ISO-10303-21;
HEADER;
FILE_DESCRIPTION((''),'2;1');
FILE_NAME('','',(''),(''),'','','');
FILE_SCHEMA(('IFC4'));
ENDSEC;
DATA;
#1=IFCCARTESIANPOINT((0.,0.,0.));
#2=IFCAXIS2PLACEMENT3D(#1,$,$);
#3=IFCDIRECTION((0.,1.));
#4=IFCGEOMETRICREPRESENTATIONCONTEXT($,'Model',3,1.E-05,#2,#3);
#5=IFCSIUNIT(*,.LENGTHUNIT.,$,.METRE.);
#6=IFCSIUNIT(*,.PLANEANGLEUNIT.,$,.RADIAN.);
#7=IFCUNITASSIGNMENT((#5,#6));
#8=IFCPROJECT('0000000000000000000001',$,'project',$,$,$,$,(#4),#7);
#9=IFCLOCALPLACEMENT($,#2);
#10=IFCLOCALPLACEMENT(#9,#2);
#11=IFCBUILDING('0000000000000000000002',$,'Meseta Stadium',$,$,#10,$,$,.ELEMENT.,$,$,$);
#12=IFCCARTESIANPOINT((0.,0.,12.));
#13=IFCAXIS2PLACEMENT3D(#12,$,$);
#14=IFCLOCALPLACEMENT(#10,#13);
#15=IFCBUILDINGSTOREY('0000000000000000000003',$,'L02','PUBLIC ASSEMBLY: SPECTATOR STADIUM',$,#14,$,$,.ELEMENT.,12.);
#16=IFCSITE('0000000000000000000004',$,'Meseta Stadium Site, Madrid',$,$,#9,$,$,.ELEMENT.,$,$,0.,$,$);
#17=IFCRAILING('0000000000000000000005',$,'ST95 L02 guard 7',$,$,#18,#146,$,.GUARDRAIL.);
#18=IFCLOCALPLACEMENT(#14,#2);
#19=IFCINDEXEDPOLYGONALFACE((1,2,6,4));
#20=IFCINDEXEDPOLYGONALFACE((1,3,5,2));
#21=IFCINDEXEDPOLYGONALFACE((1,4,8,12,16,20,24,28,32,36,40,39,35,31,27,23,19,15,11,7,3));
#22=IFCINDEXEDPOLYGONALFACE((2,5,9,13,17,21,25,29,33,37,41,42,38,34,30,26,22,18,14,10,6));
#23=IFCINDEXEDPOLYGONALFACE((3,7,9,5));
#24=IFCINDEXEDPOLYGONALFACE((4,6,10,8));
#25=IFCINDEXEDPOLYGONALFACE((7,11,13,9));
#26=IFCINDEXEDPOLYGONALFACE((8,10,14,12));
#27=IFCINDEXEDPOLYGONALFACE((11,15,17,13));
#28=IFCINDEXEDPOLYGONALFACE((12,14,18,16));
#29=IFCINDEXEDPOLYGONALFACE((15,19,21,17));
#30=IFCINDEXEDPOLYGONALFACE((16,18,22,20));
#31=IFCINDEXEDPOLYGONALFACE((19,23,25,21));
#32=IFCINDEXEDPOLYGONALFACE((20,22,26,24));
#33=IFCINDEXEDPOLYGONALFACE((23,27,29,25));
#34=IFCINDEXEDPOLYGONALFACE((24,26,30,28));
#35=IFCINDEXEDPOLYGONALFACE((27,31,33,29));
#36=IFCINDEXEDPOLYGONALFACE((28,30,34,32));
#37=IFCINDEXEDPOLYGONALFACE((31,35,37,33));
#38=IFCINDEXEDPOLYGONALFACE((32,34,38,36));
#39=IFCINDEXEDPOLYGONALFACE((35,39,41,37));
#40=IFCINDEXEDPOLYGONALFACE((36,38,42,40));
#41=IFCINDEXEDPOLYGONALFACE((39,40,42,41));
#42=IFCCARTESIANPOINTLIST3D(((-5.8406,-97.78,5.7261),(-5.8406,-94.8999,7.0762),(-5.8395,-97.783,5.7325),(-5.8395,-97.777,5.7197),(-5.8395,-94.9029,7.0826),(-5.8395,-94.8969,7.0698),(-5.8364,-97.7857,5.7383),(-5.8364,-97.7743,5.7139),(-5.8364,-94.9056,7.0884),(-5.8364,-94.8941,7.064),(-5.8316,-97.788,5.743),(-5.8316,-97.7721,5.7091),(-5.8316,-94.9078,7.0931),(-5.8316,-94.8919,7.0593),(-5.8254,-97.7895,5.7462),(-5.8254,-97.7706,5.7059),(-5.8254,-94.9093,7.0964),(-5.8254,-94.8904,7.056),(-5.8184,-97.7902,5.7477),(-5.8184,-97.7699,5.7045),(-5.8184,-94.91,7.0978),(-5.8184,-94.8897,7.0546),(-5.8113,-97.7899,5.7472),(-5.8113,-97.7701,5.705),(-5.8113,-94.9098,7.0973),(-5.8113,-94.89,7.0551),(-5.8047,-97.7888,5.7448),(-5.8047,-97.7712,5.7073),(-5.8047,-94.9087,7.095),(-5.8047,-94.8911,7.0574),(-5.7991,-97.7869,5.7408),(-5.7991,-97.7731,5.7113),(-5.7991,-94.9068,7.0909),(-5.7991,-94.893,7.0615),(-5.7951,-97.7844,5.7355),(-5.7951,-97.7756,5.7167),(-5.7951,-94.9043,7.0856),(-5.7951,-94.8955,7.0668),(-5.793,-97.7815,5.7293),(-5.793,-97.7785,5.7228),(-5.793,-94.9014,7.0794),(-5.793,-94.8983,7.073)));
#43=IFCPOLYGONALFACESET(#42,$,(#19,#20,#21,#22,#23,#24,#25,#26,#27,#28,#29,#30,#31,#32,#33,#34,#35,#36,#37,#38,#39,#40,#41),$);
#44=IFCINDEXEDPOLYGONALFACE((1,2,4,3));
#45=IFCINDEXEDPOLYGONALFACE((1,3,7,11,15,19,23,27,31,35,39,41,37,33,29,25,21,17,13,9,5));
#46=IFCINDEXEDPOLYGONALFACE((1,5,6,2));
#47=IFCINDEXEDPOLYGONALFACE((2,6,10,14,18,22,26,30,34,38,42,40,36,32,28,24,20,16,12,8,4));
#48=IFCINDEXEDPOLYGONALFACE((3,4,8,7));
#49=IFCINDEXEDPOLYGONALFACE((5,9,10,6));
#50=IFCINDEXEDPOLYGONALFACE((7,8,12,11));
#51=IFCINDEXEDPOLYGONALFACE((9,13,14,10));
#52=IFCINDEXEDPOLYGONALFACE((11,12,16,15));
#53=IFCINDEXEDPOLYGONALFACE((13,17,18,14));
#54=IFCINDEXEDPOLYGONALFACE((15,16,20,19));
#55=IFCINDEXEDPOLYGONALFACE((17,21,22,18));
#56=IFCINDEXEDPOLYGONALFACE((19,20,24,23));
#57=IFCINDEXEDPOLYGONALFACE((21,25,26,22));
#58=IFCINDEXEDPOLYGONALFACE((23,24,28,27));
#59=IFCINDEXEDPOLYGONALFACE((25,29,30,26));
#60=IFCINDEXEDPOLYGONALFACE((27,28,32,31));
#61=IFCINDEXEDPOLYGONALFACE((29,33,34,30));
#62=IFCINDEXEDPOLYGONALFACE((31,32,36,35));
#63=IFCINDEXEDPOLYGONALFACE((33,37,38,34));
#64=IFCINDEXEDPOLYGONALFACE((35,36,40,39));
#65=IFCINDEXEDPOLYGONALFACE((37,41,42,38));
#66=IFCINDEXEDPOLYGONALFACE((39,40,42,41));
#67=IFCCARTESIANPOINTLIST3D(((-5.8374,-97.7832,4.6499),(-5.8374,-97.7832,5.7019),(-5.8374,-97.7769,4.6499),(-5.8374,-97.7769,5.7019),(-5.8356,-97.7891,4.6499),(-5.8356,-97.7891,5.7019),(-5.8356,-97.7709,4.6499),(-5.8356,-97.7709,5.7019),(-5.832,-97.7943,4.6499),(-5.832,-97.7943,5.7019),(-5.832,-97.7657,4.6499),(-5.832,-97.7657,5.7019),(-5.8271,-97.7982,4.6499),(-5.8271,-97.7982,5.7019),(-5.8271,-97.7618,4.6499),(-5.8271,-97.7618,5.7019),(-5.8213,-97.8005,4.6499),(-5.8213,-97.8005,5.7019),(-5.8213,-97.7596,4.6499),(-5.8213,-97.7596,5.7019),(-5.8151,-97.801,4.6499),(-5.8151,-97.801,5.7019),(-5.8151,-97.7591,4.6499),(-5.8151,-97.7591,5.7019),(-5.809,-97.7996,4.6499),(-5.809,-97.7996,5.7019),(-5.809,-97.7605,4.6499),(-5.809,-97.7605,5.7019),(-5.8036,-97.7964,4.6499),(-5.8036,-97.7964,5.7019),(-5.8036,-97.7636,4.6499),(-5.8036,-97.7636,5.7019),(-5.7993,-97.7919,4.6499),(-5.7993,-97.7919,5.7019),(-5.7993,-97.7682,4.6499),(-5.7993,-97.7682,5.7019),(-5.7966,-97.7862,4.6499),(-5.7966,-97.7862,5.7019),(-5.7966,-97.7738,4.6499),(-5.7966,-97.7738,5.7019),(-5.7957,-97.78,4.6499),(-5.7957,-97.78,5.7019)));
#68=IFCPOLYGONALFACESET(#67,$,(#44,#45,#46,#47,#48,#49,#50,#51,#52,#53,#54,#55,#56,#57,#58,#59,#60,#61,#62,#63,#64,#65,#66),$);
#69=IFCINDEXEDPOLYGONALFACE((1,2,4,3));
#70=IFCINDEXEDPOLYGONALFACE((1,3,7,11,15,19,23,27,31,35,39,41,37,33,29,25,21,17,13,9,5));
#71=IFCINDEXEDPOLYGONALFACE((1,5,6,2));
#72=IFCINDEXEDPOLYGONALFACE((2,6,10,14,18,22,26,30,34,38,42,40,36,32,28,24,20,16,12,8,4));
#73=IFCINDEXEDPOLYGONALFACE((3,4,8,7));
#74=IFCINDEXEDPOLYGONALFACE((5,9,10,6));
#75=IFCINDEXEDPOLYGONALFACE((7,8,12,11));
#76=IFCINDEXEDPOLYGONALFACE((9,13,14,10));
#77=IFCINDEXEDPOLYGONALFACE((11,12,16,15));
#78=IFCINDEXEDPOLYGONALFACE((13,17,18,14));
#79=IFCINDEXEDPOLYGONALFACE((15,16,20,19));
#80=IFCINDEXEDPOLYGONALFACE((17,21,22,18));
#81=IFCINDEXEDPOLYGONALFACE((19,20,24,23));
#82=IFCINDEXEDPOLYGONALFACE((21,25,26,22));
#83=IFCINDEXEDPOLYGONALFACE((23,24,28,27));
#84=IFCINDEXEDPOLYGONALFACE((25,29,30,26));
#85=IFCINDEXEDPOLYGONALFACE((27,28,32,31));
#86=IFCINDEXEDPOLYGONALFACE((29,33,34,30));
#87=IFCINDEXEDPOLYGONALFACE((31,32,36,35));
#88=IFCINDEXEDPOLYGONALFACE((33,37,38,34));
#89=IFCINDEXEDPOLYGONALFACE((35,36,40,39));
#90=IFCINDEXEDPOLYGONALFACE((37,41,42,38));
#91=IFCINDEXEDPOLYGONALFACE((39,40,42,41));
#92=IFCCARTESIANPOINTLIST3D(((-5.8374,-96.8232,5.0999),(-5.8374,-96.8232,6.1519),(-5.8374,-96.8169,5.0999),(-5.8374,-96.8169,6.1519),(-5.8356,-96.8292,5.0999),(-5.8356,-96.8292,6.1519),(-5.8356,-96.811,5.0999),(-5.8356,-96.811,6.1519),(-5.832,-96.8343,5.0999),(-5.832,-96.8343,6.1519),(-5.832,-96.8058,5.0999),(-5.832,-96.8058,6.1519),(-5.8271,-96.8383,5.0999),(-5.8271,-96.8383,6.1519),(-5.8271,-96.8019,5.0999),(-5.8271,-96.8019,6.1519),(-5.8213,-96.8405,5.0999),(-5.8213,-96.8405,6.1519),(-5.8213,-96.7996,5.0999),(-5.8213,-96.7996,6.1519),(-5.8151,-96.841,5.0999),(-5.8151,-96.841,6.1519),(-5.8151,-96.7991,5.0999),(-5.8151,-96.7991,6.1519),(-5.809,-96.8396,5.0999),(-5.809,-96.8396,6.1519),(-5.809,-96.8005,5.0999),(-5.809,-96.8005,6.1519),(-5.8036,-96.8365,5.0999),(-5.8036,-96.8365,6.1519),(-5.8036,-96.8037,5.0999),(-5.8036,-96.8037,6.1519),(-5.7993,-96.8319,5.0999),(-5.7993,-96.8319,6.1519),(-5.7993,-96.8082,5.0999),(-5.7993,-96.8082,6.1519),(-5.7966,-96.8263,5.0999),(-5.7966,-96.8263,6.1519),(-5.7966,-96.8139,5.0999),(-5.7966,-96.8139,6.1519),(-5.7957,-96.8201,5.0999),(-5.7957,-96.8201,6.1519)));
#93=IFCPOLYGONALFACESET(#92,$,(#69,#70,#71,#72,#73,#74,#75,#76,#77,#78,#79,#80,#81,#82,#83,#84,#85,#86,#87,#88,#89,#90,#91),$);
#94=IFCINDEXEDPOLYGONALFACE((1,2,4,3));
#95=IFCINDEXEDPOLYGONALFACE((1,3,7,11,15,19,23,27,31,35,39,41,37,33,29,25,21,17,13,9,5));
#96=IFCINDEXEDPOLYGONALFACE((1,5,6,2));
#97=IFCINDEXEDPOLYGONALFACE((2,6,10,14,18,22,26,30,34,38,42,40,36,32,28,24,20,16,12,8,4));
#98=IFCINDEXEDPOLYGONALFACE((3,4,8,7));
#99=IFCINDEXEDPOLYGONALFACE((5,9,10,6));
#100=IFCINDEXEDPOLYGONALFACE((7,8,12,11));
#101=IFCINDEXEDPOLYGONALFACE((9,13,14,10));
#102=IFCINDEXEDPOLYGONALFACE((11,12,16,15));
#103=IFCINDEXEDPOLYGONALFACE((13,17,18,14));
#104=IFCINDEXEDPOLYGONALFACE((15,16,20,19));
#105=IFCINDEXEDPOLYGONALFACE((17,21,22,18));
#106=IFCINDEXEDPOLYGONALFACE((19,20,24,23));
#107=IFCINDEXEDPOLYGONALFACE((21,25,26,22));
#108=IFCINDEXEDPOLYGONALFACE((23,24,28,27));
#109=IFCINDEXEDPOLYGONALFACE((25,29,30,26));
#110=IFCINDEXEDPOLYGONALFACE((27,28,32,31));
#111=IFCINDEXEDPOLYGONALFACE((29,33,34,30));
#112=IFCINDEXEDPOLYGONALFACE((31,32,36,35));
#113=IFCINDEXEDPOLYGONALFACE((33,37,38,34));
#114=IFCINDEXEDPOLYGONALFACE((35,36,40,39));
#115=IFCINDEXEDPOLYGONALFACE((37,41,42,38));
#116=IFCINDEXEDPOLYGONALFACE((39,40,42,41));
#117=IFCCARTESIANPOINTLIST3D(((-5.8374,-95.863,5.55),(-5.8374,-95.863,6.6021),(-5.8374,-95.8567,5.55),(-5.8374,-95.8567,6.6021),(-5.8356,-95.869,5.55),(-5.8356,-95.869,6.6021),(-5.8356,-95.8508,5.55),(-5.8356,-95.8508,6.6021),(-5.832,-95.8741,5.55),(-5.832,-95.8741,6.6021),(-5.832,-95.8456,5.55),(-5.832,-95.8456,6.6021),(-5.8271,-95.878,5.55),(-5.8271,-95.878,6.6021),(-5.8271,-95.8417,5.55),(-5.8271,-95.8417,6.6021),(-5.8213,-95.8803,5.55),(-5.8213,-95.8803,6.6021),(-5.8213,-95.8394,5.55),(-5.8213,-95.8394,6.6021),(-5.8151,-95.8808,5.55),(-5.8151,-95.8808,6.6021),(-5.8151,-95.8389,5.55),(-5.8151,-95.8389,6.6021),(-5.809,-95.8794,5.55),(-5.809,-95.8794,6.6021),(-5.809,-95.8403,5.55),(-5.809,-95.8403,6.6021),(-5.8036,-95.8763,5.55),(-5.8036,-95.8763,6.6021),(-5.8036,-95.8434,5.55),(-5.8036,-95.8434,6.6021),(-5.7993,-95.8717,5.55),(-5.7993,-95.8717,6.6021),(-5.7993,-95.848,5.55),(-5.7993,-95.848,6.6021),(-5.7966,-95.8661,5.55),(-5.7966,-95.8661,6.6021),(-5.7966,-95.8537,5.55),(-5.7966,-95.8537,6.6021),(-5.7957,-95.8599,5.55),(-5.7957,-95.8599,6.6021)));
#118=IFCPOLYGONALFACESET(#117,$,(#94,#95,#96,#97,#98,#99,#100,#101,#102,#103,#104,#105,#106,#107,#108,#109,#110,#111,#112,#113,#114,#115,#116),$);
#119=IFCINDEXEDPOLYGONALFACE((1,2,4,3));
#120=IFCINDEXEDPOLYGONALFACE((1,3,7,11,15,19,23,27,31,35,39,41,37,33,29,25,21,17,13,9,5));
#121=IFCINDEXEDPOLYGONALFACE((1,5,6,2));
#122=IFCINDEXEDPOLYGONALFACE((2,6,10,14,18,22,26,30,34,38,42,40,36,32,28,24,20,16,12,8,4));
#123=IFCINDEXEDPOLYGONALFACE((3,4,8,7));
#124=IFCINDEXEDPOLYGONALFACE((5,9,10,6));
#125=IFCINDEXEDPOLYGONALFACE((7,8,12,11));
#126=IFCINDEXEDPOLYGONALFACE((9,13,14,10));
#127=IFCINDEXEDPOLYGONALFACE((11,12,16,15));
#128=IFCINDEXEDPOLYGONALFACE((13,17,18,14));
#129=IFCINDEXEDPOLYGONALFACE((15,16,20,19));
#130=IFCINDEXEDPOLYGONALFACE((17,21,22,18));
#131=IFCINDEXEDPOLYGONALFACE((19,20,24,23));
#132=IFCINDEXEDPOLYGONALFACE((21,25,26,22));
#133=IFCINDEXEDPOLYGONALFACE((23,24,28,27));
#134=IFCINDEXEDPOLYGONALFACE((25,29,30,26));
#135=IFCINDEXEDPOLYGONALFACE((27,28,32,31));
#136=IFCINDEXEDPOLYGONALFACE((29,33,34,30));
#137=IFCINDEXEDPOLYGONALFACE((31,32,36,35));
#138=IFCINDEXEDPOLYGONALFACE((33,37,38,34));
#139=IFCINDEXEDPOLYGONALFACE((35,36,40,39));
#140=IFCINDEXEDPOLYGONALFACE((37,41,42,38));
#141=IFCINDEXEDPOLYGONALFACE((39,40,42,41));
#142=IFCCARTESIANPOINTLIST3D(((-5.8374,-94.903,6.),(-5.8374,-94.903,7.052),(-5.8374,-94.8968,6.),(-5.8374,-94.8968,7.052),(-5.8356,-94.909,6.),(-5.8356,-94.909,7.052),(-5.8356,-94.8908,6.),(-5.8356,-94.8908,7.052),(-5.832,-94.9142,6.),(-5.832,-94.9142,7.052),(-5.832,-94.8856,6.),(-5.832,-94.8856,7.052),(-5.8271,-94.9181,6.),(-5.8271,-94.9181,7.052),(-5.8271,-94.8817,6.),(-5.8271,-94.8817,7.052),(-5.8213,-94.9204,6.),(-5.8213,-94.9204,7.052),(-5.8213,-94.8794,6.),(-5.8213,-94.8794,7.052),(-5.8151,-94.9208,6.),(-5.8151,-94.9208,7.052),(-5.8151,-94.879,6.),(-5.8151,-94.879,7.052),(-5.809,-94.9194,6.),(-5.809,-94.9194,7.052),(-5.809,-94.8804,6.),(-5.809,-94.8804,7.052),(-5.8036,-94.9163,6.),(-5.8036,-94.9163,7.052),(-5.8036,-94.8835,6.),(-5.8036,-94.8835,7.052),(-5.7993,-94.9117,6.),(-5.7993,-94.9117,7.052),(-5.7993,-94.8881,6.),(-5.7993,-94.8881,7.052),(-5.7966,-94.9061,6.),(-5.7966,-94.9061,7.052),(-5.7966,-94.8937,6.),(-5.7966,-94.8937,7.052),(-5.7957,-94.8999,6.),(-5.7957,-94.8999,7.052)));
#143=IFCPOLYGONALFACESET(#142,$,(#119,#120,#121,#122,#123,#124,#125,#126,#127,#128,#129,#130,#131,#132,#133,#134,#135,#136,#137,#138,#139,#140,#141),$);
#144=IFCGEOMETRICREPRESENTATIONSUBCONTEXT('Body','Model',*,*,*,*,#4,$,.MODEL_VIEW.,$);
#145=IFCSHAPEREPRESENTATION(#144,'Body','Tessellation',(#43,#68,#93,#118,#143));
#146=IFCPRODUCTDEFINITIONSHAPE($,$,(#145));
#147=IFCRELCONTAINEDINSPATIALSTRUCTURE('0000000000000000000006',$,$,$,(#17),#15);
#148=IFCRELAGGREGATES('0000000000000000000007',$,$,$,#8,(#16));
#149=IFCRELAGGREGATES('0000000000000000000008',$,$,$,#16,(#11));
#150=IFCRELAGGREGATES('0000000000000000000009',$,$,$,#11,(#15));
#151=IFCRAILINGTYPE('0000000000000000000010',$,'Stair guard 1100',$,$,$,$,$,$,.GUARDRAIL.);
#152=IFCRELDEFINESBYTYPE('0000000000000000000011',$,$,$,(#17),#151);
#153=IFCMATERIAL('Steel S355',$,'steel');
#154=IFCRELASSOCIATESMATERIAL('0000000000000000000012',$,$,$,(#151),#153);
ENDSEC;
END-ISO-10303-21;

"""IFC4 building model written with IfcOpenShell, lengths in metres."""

from ifc_helpers import new_model, si_unit, direction, frame, origin, origin_2d, place, context, subcontext, project, spatial, circle, extrude, material, type_object, element, save


model = new_model("IFC4")

# Units and contexts
model_context = context("Model", 3, precision=1e-05, world=origin(), true_north=direction((0.0, 1.0)))
body_context = subcontext(model_context, "Body", "Model", "MODEL_VIEW")
ifc_project = project(units=[si_unit("LENGTHUNIT", "METRE"), si_unit("PLANEANGLEUNIT", "RADIAN")], contexts=[model_context])

# Site, building, storey
site_placement = place(None, origin())
site = spatial("IfcSite", under=ifc_project, at=site_placement, Name="Meseta Stadium Site, Madrid", CompositionType="ELEMENT", RefElevation=0.0)
building_placement = place(site_placement, origin())
building = spatial("IfcBuilding", under=site, at=building_placement, Name="Meseta Stadium", CompositionType="ELEMENT")
storey_placement = place(building_placement, frame((0.0, 0.0, 12.0)))
storey = spatial("IfcBuildingStorey", under=building, at=storey_placement, Name="L02", Description="PUBLIC ASSEMBLY: SPECTATOR STADIUM", CompositionType="ELEMENT", Elevation=12.0)

# Railing
ifc_material_1 = material(Name="Steel S355", Category="steel")
railing_type_1 = type_object("IfcRailingType", Name="Stair guard 1100", PredefinedType="GUARDRAIL", material=ifc_material_1)
railing_1_placement = place(storey_placement, frame((-5.8167, -97.78, 4.6499)))
element("IfcRailing", 1, at=railing_1_placement, inside=storey, type_object=railing_type_1, Name="ST95 L02 guard 7", PredefinedType="GUARDRAIL", context=body_context, shape_type="SweptSolid", body=[
    extrude(circle(Radius=0.0239, at=origin_2d()), frame((0.0, 0.0, 1.0762), z_axis=(0.0, 0.905454, 0.424444), x_axis=(-1.0, 0.0, 0.0)), (0.0, 0.0, 1.0), 3.1809),
    extrude(circle(Radius=0.021, at=origin_2d()), origin(), (0.0, 0.0, 1.0), 1.052),
    extrude(circle(Radius=0.021, at=origin_2d()), frame((0.0, 0.96, 0.45)), (0.0, 0.0, 1.0), 1.052),
    extrude(circle(Radius=0.021, at=origin_2d()), frame((0.0, 1.9202, 0.9001)), (0.0, 0.0, 1.0), 1.052),
    extrude(circle(Radius=0.021, at=origin_2d()), frame((0.0, 2.8801, 1.3501)), (0.0, 0.0, 1.0), 1.052),
])

save(model, "model.ifc")
